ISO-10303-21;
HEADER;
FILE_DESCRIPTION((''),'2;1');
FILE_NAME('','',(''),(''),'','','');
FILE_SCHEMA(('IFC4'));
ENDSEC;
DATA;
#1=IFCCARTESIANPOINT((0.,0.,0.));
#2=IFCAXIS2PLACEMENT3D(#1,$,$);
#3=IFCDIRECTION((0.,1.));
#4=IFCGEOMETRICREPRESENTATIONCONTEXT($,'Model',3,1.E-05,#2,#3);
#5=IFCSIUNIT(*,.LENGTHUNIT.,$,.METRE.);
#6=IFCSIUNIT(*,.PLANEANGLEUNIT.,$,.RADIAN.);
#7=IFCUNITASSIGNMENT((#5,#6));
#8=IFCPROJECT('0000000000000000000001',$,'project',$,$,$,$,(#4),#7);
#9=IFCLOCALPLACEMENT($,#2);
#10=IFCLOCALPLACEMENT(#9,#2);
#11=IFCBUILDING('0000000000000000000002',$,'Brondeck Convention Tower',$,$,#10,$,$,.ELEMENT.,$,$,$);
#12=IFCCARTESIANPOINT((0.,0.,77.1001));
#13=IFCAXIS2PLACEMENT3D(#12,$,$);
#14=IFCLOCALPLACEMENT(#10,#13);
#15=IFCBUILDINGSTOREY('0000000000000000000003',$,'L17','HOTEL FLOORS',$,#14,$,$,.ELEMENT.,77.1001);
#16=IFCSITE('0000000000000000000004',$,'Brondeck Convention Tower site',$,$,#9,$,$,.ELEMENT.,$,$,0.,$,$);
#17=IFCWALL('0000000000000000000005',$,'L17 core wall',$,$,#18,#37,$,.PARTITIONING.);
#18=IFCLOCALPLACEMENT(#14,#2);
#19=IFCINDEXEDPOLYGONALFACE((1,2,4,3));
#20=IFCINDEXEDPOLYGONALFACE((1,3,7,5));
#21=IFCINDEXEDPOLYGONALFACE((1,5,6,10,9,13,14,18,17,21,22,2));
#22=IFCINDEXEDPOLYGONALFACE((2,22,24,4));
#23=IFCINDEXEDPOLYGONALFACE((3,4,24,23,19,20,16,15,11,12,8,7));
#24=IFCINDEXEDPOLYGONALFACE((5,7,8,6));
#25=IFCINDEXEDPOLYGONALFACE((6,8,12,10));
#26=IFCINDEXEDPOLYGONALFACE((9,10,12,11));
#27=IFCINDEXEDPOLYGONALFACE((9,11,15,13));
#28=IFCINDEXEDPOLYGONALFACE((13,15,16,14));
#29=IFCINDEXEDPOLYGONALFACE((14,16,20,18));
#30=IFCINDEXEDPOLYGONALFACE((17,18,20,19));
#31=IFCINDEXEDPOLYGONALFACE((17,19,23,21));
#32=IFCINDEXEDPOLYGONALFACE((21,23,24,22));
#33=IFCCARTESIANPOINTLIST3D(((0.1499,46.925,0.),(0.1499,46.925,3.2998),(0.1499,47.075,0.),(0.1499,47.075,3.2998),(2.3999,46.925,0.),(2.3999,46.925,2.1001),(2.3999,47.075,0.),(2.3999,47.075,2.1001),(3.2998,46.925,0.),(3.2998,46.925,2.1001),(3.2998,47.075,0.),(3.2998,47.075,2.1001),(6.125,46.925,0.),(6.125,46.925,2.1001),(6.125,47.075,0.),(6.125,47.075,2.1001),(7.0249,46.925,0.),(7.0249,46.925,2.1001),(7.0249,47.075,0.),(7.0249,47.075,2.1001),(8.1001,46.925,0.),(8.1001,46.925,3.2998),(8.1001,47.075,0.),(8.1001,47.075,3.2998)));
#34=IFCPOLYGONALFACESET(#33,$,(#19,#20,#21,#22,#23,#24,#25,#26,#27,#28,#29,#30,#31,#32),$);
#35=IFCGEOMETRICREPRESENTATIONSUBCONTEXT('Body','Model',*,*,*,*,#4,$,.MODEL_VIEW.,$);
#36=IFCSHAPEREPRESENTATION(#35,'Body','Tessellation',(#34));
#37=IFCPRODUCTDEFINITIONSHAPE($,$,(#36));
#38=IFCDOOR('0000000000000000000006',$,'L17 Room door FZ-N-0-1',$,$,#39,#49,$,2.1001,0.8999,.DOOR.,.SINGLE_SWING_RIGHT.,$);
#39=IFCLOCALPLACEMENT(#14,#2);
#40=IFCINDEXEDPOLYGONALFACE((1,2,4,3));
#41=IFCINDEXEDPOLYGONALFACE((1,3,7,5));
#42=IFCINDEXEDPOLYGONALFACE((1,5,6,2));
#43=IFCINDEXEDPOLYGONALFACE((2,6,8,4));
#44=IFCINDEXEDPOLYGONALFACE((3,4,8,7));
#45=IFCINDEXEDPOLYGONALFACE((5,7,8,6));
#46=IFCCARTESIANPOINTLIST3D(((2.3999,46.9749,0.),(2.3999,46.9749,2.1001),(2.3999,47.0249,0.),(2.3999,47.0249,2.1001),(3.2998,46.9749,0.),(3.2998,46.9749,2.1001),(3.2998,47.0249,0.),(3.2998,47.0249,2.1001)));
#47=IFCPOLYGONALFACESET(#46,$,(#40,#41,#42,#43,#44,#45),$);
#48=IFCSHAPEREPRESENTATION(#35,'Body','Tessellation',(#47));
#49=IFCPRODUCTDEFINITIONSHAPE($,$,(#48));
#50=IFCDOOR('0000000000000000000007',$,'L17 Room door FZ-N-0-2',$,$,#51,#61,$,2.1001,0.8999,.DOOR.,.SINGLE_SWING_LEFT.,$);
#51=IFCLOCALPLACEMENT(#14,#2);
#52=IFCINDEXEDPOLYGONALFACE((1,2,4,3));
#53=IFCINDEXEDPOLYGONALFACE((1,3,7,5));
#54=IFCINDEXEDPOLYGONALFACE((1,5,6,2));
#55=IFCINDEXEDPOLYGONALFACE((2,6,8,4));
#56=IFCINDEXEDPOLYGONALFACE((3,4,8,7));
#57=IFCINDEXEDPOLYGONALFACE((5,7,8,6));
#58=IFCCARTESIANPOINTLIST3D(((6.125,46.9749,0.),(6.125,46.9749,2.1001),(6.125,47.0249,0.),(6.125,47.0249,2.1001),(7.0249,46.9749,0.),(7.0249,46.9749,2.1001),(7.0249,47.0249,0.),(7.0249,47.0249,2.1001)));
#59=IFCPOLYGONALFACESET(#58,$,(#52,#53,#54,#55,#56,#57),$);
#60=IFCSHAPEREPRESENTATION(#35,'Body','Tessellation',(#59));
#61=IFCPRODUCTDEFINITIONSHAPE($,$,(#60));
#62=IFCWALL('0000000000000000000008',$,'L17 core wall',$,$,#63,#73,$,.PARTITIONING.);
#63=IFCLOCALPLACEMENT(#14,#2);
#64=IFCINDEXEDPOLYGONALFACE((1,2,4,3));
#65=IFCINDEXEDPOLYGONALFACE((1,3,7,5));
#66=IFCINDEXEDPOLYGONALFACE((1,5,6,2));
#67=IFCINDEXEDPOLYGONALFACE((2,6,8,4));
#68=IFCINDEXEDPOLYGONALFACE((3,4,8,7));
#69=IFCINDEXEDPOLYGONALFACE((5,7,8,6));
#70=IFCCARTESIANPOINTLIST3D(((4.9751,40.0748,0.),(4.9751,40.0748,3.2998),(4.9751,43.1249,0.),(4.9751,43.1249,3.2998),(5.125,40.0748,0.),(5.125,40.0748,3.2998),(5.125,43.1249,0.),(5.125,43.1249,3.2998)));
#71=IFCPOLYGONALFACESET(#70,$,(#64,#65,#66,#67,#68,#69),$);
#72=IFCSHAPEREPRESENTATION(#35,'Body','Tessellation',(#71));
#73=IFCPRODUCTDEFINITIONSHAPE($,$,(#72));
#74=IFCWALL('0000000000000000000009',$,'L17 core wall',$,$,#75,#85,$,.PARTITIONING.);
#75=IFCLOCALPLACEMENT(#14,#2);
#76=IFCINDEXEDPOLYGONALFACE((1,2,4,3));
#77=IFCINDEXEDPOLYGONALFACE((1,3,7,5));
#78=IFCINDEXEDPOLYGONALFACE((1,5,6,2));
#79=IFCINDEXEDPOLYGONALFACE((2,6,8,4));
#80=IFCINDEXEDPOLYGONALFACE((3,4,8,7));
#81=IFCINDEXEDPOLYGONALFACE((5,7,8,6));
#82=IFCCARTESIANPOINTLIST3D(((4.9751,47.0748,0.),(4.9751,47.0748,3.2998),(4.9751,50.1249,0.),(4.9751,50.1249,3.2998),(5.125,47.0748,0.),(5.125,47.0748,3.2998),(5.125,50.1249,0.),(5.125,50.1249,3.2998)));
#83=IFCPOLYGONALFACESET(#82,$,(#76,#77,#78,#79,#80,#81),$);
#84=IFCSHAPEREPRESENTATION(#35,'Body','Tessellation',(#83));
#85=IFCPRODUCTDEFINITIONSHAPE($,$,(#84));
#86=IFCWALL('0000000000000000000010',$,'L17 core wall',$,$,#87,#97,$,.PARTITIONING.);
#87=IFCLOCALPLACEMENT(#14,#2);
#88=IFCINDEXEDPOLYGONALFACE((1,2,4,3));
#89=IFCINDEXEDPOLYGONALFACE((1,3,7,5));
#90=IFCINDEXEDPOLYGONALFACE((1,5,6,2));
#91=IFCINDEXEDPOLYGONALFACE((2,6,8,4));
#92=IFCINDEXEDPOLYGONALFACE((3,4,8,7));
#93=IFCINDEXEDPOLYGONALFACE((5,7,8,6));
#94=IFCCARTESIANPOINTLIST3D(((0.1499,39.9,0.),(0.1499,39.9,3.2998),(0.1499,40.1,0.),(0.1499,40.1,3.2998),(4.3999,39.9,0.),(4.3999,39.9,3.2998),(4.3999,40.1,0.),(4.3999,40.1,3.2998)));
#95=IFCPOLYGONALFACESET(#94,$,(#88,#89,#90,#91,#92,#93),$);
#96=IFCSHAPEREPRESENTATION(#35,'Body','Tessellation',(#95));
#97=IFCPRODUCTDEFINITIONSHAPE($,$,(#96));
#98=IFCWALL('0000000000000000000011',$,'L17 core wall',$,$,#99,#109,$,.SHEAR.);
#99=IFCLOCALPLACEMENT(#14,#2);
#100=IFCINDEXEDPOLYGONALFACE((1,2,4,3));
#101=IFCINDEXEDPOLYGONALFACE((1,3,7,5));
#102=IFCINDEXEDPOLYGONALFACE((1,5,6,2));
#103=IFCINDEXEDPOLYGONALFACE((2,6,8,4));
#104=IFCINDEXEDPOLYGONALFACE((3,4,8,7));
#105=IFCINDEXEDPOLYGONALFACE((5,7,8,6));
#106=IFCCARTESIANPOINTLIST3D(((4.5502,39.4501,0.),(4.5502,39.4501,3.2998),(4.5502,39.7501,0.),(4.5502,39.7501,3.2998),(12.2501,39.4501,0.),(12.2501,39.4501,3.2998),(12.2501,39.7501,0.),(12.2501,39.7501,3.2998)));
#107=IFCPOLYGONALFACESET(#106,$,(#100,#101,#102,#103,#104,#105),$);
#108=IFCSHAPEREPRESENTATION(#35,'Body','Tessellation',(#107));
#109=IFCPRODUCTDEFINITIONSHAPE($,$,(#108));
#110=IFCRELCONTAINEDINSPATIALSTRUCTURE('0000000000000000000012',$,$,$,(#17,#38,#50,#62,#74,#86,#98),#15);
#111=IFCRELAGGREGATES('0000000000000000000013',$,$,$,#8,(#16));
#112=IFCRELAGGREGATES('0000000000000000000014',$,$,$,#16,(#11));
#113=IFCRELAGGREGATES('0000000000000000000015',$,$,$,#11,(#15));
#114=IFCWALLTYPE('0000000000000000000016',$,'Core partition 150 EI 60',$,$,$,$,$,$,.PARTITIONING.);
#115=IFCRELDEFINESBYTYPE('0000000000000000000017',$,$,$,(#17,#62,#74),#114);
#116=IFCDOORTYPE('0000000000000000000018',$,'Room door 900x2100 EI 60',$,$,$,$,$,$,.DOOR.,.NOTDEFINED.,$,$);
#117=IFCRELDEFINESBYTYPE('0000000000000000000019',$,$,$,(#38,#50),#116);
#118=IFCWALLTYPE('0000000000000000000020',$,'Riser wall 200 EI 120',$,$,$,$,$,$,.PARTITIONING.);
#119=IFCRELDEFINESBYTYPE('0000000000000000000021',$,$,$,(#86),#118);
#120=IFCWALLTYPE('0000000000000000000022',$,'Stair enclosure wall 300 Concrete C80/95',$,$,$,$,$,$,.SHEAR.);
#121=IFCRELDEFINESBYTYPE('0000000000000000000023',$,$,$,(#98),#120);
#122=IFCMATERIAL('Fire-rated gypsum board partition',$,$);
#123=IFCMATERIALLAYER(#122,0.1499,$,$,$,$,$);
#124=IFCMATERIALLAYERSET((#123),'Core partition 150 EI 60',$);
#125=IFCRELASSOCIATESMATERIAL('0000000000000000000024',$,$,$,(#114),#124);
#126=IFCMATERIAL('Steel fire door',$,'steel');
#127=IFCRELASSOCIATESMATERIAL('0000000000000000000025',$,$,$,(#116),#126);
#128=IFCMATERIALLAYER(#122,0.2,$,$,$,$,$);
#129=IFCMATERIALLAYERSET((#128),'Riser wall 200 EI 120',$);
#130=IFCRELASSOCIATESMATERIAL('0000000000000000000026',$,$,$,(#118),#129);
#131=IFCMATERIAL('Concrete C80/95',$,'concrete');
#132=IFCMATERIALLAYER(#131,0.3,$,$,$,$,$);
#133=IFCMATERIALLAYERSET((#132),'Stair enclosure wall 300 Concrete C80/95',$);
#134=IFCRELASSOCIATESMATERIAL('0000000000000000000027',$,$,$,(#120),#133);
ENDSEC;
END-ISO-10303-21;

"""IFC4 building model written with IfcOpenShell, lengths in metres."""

from ifc_helpers import new_model, si_unit, direction, frame, frame_2d, origin, place, context, subcontext, project, spatial, rectangle, extrude, material, layer, layer_set, type_object, element, fill, save


model = new_model("IFC4")

# Units and contexts
model_context = context("Model", 3, precision=1e-05, world=origin(), true_north=direction((0.0, 1.0)))
body_context = subcontext(model_context, "Body", "Model", "MODEL_VIEW")
ifc_project = project(units=[si_unit("LENGTHUNIT", "METRE"), si_unit("PLANEANGLEUNIT", "RADIAN")], contexts=[model_context])

# Site, building, storey
site_placement = place(None, origin())
site = spatial("IfcSite", under=ifc_project, at=site_placement, Name="Brondeck Convention Tower site", CompositionType="ELEMENT", RefElevation=0.0)
building_placement = place(site_placement, origin())
building = spatial("IfcBuilding", under=site, at=building_placement, Name="Brondeck Convention Tower", CompositionType="ELEMENT")
storey_placement = place(building_placement, frame((0.0, 0.0, 77.1001)))
storey = spatial("IfcBuildingStorey", under=building, at=storey_placement, Name="L17", Description="HOTEL FLOORS", CompositionType="ELEMENT", Elevation=77.1001)

# Shared definitions
ifc_material_1 = material(Name="Concrete C80/95", Category="concrete")

# Shared definitions
ifc_material_2 = material(Name="Fire-rated gypsum board partition")
ifc_layer_1 = layer(ifc_material_2, 0.1499)
ifc_layer_set_1 = layer_set([ifc_layer_1], Name="Core partition 150 EI 60")
wall_type_1 = type_object("IfcWallType", Name="Core partition 150 EI 60", PredefinedType="PARTITIONING", material=ifc_layer_set_1)

# Wall, openings, doors
ifc_material_3 = material(Name="Steel fire door", Category="steel")
door_type = type_object("IfcDoorType", Name="Room door 900x2100 EI 60", OperationType="NOTDEFINED", PredefinedType="DOOR", material=ifc_material_3)
wall_1_placement = place(storey_placement, frame((0.1499, 47.0, 0.0), z_axis=(0.0, 0.0, 1.0), x_axis=(1.0, 0.0, 0.0)))
wall_1 = element("IfcWall", 1, at=wall_1_placement, inside=storey, type_object=wall_type_1, Name="L17 core wall", PredefinedType="PARTITIONING", context=body_context, shape_type="SweptSolid", body=[
    extrude(rectangle(XDim=7.9502, YDim=0.1499, at=frame_2d((3.9751, 0.0))), origin(), (0.0, 0.0, 1.0), 3.2998),
])
opening_1_placement = place(wall_1_placement, frame((2.25, 0.0, 0.0)))
opening_1 = element("IfcOpeningElement", 2, at=opening_1_placement, cuts=wall_1, PredefinedType="OPENING", context=body_context, shape_type="SweptSolid", body=[
    extrude(rectangle(XDim=0.8999, YDim=2.1001, at=frame_2d((0.45, 1.05))), frame((0.0, 0.085, 0.0), z_axis=(0.0, -1.0, 0.0), x_axis=(1.0, 0.0, 0.0)), (0.0, 0.0, 1.0), 0.1699),
])
opening_2_placement = place(wall_1_placement, frame((5.9751, 0.0, 0.0)))
opening_2 = element("IfcOpeningElement", 3, at=opening_2_placement, cuts=wall_1, PredefinedType="OPENING", context=body_context, shape_type="SweptSolid", body=[
    extrude(rectangle(XDim=0.8999, YDim=2.1001, at=frame_2d((0.45, 1.05))), frame((0.0, 0.085, 0.0), z_axis=(0.0, -1.0, 0.0), x_axis=(1.0, 0.0, 0.0)), (0.0, 0.0, 1.0), 0.1699),
])
door_1_placement = place(opening_1_placement, origin())
door_1 = element("IfcDoor", 4, at=door_1_placement, inside=storey, type_object=door_type, Name="L17 Room door FZ-N-0-1", OperationType="SINGLE_SWING_RIGHT", OverallHeight=2.1001, OverallWidth=0.8999, PredefinedType="DOOR", context=body_context, shape_type="SweptSolid", body=[
    extrude(rectangle(XDim=0.8999, YDim=2.1001, at=frame_2d((0.45, 1.05))), frame((0.0, 0.0249, 0.0), z_axis=(0.0, -1.0, 0.0), x_axis=(1.0, 0.0, 0.0)), (0.0, 0.0, 1.0), 0.05),
])
fill(opening_1, door_1)
door_2_placement = place(opening_2_placement, origin())
door_2 = element("IfcDoor", 5, at=door_2_placement, inside=storey, type_object=door_type, Name="L17 Room door FZ-N-0-2", OperationType="SINGLE_SWING_LEFT", OverallHeight=2.1001, OverallWidth=0.8999, PredefinedType="DOOR", context=body_context, shape_type="SweptSolid", body=[
    extrude(rectangle(XDim=0.8999, YDim=2.1001, at=frame_2d((0.45, 1.05))), frame((0.0, 0.0249, 0.0), z_axis=(0.0, -1.0, 0.0), x_axis=(1.0, 0.0, 0.0)), (0.0, 0.0, 1.0), 0.05),
])
fill(opening_2, door_2)

# Walls
for number, where, z_axis, x_axis, name in (
    (6, (5.05, 40.075, 0.0), (0.0, 0.0, 1.0), (0.0, 1.0, 0.0), "L17 core wall"),
    (7, (5.05, 47.075, 0.0), (0.0, 0.0, 1.0), (0.0, 1.0, 0.0), "L17 core wall"),
):
    element("IfcWall", number, at=place(storey_placement, frame(where, z_axis=z_axis, x_axis=x_axis)), inside=storey, type_object=wall_type_1, Name=name, PredefinedType="PARTITIONING", context=body_context, shape_type="SweptSolid", body=[
        extrude(rectangle(XDim=3.05, YDim=0.1499, at=frame_2d((1.5249, 0.0))), origin(), (0.0, 0.0, 1.0), 3.2998),
    ])
ifc_layer_2 = layer(ifc_material_2, 0.2)
ifc_layer_set_2 = layer_set([ifc_layer_2], Name="Riser wall 200 EI 120")
wall_type_2 = type_object("IfcWallType", Name="Riser wall 200 EI 120", PredefinedType="PARTITIONING", material=ifc_layer_set_2)
wall_2_placement = place(storey_placement, frame((0.1499, 40.0, 0.0), z_axis=(0.0, 0.0, 1.0), x_axis=(1.0, 0.0, 0.0)))
element("IfcWall", 8, at=wall_2_placement, inside=storey, type_object=wall_type_2, Name="L17 core wall", PredefinedType="PARTITIONING", context=body_context, shape_type="SweptSolid", body=[
    extrude(rectangle(XDim=4.25, YDim=0.2, at=frame_2d((2.125, 0.0))), origin(), (0.0, 0.0, 1.0), 3.2998),
])
ifc_layer_3 = layer(ifc_material_1, 0.3)
ifc_layer_set_3 = layer_set([ifc_layer_3], Name="Stair enclosure wall 300 Concrete C80/95")
wall_type_3 = type_object("IfcWallType", Name="Stair enclosure wall 300 Concrete C80/95", PredefinedType="SHEAR", material=ifc_layer_set_3)
wall_3_placement = place(storey_placement, frame((4.55, 39.6001, 0.0), z_axis=(0.0, 0.0, 1.0), x_axis=(1.0, 0.0, 0.0)))
element("IfcWall", 9, at=wall_3_placement, inside=storey, type_object=wall_type_3, Name="L17 core wall", PredefinedType="SHEAR", context=body_context, shape_type="SweptSolid", body=[
    extrude(rectangle(XDim=7.7, YDim=0.3, at=frame_2d((3.8501, 0.0))), origin(), (0.0, 0.0, 1.0), 3.2998),
])

save(model, "model.ifc")
